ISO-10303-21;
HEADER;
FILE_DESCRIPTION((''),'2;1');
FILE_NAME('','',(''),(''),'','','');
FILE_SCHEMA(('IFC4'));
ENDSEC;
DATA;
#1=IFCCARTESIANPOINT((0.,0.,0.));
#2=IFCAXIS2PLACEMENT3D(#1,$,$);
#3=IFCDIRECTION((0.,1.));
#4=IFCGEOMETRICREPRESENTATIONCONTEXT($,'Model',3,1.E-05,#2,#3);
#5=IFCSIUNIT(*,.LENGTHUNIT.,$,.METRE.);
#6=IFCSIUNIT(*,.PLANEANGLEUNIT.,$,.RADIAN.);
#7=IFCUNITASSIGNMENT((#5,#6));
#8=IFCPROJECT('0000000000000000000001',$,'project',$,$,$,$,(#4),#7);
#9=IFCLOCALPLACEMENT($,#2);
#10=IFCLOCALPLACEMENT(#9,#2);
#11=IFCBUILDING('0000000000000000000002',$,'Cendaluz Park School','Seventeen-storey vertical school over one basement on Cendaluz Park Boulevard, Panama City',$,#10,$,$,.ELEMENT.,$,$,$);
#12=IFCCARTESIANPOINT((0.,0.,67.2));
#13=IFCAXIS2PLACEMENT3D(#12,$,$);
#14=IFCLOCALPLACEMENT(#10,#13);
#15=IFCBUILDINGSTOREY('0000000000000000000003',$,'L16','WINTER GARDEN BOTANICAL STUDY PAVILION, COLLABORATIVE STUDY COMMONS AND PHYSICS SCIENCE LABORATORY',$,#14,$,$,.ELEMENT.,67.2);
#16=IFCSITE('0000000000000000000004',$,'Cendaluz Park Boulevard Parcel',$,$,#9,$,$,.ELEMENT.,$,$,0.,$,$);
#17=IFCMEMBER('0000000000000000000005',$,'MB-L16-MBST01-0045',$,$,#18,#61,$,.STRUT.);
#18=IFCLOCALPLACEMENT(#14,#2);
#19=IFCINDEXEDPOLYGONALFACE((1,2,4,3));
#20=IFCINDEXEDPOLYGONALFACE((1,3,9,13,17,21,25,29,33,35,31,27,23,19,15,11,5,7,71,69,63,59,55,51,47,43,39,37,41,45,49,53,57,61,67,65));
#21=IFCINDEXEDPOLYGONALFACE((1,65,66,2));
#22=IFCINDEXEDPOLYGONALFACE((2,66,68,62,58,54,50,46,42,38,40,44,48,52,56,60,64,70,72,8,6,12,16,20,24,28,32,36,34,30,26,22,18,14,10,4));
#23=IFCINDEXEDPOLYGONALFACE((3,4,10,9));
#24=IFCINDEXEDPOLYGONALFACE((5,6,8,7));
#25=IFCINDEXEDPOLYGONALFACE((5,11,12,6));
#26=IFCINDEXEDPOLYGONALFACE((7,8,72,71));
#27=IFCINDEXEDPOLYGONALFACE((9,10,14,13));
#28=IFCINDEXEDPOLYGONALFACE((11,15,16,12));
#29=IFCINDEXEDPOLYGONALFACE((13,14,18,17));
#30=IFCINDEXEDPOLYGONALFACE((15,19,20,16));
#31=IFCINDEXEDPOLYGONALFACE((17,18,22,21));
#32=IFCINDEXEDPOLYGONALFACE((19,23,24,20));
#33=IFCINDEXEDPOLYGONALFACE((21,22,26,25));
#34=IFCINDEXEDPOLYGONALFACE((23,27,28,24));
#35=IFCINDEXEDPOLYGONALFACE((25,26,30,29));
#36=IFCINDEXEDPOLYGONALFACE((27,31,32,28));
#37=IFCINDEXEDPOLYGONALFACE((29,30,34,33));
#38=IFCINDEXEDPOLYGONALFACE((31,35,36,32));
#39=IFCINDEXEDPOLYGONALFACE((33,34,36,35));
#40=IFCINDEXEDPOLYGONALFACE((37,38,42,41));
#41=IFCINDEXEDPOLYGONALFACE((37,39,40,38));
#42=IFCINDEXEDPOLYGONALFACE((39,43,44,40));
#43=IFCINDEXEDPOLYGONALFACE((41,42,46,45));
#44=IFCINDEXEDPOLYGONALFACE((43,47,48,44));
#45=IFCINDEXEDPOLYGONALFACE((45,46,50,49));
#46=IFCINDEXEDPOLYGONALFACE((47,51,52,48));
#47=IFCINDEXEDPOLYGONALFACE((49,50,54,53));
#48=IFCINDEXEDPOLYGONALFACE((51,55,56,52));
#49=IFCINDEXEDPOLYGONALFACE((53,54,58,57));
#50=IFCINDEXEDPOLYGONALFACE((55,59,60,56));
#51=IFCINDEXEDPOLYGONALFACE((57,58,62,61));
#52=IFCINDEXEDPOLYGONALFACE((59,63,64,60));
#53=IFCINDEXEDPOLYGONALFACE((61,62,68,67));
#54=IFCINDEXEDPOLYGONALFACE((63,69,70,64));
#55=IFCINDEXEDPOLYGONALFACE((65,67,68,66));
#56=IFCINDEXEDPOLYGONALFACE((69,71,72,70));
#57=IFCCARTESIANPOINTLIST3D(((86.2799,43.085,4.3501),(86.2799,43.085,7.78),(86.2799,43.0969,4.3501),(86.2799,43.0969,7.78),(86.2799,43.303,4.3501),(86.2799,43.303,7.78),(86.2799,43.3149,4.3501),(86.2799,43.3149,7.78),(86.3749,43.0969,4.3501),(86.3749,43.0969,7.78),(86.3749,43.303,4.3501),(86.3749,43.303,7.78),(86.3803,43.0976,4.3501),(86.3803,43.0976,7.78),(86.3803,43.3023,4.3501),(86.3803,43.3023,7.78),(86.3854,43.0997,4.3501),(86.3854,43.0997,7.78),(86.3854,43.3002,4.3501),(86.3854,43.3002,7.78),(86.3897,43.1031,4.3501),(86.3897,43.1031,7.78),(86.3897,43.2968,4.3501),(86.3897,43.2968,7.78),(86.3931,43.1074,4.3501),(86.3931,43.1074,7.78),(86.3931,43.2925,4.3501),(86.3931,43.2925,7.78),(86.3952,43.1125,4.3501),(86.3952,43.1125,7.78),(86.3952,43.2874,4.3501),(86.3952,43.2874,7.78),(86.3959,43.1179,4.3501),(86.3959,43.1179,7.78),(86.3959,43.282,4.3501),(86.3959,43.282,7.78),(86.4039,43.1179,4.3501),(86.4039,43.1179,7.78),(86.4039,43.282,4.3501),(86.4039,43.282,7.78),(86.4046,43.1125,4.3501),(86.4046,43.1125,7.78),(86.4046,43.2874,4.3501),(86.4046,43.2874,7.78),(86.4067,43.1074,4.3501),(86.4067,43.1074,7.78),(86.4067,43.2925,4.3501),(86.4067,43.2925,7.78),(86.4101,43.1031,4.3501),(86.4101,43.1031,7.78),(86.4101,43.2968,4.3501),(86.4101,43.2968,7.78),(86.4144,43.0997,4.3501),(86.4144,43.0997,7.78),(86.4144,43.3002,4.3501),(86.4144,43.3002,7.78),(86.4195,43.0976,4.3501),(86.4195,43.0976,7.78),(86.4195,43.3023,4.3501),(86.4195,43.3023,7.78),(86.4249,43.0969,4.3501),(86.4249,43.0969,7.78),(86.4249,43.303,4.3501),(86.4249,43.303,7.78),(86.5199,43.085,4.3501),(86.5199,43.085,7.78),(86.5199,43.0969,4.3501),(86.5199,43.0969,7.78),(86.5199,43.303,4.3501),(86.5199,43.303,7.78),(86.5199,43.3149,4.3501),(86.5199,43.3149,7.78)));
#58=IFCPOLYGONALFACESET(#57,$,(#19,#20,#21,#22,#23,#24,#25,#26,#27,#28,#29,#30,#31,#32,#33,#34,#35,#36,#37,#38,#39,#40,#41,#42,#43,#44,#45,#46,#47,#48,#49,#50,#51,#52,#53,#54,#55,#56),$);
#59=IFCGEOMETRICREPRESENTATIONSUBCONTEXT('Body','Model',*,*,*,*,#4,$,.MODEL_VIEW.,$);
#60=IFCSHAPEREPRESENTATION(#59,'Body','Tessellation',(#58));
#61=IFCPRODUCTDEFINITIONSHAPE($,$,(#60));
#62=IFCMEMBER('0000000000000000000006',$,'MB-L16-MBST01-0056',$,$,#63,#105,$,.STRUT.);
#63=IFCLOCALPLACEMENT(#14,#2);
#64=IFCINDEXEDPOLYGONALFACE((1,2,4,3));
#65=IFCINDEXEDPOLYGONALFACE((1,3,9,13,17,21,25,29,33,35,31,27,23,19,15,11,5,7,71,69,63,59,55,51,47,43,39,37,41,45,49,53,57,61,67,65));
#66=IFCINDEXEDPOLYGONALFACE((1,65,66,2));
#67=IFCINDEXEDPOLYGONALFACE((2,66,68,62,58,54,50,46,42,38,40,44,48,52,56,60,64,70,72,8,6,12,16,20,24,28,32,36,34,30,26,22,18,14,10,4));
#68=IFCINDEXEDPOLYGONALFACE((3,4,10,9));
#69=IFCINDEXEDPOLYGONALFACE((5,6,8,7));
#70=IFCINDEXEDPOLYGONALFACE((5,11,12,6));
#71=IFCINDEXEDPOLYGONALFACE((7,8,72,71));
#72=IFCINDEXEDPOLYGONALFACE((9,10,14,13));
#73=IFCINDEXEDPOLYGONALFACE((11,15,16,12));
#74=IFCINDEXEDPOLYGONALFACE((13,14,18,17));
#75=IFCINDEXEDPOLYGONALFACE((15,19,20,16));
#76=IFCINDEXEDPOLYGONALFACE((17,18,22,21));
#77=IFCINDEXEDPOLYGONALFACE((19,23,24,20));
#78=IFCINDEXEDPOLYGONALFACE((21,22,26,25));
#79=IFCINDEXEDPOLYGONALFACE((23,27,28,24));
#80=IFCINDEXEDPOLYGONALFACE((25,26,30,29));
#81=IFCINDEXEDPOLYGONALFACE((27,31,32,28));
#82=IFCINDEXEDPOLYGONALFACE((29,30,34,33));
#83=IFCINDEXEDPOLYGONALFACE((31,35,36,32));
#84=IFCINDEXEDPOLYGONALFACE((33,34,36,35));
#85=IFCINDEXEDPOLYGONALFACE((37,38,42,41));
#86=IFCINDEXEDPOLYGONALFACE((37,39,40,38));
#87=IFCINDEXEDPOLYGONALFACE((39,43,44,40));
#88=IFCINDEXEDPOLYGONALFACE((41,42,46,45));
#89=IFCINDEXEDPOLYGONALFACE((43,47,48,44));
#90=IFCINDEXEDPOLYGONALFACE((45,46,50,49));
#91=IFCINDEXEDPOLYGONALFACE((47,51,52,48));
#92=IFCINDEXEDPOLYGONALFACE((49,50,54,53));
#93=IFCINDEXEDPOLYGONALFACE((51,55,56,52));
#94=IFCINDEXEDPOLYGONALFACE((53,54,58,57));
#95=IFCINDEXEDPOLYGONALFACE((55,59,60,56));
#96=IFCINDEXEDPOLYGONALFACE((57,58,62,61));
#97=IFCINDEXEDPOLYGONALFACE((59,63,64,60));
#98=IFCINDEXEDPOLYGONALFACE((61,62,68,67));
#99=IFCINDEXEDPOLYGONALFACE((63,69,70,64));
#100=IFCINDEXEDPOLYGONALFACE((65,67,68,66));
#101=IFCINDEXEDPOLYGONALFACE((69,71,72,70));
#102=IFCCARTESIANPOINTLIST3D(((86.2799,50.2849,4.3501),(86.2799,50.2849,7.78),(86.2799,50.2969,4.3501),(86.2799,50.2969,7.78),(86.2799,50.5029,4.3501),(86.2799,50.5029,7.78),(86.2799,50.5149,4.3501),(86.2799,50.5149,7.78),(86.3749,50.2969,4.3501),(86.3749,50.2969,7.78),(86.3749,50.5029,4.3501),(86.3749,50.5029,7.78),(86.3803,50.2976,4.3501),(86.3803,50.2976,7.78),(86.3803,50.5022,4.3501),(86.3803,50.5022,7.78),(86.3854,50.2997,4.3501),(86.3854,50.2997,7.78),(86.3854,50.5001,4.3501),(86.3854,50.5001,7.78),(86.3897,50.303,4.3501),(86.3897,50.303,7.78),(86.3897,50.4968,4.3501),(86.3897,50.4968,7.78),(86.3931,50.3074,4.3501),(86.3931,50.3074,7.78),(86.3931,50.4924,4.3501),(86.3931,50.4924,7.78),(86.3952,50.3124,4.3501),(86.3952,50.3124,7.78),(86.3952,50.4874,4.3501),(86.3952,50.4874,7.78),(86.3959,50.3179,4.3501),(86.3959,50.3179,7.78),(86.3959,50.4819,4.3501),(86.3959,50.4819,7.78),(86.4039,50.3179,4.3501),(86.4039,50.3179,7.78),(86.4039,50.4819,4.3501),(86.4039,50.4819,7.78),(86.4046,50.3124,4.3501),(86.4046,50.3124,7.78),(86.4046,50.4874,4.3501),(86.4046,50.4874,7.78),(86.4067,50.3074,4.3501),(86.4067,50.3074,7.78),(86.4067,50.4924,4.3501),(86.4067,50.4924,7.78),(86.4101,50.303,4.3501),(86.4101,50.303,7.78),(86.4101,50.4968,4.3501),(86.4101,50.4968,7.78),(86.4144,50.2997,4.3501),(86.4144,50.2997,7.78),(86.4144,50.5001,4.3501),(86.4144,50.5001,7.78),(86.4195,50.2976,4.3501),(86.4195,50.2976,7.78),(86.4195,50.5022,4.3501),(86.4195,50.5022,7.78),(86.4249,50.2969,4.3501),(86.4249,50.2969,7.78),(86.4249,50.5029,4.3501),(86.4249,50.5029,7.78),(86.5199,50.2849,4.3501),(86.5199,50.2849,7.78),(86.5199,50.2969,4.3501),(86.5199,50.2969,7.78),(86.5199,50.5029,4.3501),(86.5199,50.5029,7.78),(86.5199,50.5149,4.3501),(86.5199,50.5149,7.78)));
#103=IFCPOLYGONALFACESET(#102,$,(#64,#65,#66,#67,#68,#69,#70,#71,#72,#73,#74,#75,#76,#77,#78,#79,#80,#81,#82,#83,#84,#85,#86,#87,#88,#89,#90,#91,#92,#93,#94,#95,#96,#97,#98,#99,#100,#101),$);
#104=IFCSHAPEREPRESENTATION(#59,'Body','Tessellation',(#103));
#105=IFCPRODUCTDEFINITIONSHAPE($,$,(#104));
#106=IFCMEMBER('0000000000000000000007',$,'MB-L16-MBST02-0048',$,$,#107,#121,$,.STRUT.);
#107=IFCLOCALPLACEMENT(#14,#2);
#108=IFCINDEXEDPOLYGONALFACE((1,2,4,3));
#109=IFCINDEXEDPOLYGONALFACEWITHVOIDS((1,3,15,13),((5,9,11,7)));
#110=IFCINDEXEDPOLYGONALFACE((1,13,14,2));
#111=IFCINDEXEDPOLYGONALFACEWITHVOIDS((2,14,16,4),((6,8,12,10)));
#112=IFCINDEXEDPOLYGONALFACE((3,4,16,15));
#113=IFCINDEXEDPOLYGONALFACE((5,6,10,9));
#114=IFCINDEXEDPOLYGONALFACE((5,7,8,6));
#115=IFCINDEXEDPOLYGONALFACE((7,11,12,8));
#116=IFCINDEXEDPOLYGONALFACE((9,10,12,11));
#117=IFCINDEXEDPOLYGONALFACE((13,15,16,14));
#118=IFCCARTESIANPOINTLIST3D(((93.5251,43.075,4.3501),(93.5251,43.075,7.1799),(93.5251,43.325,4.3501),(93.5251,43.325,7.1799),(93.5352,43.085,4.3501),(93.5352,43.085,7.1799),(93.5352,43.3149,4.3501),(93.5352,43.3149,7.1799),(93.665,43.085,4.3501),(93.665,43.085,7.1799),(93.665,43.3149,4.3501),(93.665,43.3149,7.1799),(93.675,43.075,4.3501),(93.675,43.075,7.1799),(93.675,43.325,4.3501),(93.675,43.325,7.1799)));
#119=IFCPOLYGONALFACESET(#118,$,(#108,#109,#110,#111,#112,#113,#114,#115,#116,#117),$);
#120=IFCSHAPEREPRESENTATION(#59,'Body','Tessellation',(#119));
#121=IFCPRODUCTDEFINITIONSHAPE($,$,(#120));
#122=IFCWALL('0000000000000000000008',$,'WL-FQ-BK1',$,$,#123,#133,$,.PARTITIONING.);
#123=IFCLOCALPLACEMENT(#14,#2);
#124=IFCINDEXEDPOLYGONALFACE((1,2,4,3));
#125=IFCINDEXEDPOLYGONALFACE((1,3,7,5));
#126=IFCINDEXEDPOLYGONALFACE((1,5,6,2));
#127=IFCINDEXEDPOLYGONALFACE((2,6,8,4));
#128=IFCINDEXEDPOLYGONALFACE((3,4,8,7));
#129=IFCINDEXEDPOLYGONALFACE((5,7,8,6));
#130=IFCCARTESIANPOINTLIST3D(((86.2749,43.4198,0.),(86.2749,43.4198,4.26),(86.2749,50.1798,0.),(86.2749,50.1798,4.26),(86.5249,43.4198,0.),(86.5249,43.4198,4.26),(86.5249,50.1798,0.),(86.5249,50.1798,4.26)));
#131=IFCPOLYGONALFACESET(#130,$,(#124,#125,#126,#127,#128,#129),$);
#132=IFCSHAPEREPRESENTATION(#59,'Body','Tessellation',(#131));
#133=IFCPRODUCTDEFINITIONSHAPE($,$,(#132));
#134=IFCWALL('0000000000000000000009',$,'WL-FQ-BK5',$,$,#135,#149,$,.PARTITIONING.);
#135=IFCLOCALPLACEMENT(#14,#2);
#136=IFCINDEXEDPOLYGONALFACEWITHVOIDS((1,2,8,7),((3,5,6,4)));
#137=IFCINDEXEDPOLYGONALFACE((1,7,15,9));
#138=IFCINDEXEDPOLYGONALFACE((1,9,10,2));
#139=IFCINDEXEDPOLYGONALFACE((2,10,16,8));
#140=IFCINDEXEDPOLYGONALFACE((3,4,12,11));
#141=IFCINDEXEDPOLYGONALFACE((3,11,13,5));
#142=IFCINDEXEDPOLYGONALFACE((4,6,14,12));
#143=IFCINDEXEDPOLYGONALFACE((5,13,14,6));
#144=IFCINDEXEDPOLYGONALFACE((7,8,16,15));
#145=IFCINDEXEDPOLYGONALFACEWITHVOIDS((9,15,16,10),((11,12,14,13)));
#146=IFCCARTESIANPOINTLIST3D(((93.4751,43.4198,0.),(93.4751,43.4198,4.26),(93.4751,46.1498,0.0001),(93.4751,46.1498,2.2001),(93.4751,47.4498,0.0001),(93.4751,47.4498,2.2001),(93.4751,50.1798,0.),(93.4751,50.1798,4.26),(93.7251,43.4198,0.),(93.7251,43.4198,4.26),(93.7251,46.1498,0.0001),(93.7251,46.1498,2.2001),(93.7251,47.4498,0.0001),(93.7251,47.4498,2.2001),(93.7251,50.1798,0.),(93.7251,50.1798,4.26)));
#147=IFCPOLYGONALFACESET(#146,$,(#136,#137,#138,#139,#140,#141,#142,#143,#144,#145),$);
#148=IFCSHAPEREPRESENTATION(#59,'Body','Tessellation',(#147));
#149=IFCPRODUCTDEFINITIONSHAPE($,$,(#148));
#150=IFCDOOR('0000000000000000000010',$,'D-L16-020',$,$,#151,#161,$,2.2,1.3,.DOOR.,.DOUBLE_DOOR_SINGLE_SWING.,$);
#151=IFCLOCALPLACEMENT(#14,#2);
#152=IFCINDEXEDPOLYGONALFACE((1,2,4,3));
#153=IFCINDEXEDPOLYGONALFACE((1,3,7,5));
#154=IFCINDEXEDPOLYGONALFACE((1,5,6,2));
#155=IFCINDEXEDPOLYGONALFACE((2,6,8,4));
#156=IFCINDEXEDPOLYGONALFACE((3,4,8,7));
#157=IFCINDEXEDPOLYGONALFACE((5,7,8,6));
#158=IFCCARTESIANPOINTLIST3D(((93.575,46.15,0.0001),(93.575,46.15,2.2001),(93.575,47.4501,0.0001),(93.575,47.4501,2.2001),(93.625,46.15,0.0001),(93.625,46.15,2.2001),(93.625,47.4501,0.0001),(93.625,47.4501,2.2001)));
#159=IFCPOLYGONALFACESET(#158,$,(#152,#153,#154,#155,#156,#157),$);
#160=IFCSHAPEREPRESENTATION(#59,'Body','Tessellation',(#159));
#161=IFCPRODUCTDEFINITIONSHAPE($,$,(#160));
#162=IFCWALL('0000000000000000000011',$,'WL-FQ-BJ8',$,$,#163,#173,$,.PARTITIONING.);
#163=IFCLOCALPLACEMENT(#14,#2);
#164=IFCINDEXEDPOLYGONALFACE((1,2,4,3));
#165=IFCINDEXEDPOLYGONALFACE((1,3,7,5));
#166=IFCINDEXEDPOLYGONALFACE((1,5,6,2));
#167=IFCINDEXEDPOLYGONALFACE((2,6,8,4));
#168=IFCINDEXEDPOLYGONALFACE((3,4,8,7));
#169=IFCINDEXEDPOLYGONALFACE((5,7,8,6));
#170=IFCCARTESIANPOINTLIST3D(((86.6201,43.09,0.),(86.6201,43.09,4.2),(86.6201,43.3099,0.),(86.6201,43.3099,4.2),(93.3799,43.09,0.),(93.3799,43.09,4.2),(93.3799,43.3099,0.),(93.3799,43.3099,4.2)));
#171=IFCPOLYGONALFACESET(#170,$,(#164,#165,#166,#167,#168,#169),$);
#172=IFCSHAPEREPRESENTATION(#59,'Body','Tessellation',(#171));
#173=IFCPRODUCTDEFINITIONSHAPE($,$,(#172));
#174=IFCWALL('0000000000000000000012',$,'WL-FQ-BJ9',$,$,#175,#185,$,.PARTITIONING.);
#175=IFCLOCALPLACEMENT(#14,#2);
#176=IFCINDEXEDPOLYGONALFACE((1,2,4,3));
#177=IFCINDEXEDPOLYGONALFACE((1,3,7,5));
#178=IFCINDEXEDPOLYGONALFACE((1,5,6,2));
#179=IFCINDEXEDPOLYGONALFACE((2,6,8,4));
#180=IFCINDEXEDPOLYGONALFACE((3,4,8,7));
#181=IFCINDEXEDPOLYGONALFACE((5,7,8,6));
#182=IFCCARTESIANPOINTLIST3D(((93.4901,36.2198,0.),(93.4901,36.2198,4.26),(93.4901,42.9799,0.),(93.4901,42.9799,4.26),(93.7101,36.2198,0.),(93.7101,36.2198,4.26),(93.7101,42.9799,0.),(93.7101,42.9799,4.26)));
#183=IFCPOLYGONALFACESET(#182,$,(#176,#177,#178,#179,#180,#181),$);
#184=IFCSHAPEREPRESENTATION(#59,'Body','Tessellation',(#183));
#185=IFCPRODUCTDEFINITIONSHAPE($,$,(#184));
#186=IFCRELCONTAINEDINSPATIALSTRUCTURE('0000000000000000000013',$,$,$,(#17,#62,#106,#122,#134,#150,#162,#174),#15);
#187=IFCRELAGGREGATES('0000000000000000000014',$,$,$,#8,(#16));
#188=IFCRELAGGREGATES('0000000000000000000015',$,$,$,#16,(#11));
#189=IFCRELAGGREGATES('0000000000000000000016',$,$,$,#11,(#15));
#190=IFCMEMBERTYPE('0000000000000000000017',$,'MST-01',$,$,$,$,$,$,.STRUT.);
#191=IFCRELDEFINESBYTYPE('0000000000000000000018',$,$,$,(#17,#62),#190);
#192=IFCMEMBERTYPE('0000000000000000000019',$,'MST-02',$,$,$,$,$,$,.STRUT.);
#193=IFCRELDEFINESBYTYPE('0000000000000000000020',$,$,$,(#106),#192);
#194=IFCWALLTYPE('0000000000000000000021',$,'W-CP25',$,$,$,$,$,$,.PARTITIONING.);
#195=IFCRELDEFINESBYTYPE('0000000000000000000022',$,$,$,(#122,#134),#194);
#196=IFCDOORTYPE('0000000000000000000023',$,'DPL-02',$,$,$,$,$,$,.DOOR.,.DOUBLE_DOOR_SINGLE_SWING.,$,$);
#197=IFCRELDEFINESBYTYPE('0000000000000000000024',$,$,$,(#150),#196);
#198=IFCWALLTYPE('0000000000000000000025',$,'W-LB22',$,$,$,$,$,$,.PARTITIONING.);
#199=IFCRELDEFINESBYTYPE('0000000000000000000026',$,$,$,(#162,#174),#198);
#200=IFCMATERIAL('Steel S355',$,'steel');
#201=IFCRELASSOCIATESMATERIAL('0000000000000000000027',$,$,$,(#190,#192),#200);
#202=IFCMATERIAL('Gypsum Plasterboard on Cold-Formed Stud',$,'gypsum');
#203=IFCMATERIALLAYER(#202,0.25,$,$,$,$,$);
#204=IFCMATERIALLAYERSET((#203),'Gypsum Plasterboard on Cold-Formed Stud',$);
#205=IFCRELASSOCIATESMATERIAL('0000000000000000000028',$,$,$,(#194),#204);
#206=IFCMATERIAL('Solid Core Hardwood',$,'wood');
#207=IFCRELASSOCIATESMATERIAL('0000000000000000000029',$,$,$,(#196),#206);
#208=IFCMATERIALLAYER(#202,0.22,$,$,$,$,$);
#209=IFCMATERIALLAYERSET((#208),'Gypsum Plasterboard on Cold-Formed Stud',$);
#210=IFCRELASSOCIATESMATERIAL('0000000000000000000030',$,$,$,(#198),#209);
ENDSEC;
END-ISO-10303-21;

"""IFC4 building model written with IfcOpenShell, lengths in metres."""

from ifc_helpers import new_model, si_unit, direction, frame, frame_2d, origin, origin_2d, place, context, subcontext, project, spatial, rectangle, hollow_rectangle, i_section, extrude, material, layer, layer_set, material_profile, profile_set, type_object, element, fill, save


model = new_model("IFC4")

# Units and contexts
model_context = context("Model", 3, precision=1e-05, world=origin(), true_north=direction((0.0, 1.0)))
body_context = subcontext(model_context, "Body", "Model", "MODEL_VIEW")
ifc_project = project(units=[si_unit("LENGTHUNIT", "METRE"), si_unit("PLANEANGLEUNIT", "RADIAN")], contexts=[model_context])

# Site, building, storey
site_placement = place(None, origin())
site = spatial("IfcSite", under=ifc_project, at=site_placement, Name="Cendaluz Park Boulevard Parcel", CompositionType="ELEMENT", RefElevation=0.0)
building_placement = place(site_placement, origin())
building = spatial("IfcBuilding", under=site, at=building_placement, Name="Cendaluz Park School", Description="Seventeen-storey vertical school over one basement on Cendaluz Park Boulevard, Panama City", CompositionType="ELEMENT")
storey_placement = place(building_placement, frame((0.0, 0.0, 67.2)))
storey = spatial("IfcBuildingStorey", under=building, at=storey_placement, Name="L16", Description="WINTER GARDEN BOTANICAL STUDY PAVILION, COLLABORATIVE STUDY COMMONS AND PHYSICS SCIENCE LABORATORY", CompositionType="ELEMENT", Elevation=67.2)

# Shared definitions
ifc_material_1 = material(Name="Steel S355", Category="steel")

# Members
ifc_material_profile_1 = material_profile(ifc_material_1, i_section(OverallWidth=0.24, OverallDepth=0.23, WebThickness=0.0081, FlangeThickness=0.012, FilletRadius=0.021, at=origin_2d()), Name="HEA 240", Category="steel")
ifc_profile_set_1 = profile_set([ifc_material_profile_1], Name="Steel S355")
member_type_1 = type_object("IfcMemberType", Name="MST-01", PredefinedType="STRUT", material=ifc_profile_set_1)
for number, where, z_axis, x_axis, name in (
    (1, (86.3999, 43.2, 4.3501), (0.0, 0.0, 1.0), (1.0, 0.0, 0.0), "MB-L16-MBST01-0045"),
    (2, (86.3999, 50.3999, 4.3501), (0.0, 0.0, 1.0), (1.0, 0.0, 0.0), "MB-L16-MBST01-0056"),
):
    element("IfcMember", number, at=place(storey_placement, frame(where, z_axis=z_axis, x_axis=x_axis)), inside=storey, type_object=member_type_1, Name=name, PredefinedType="STRUT", context=body_context, shape_type="SweptSolid", body=[
        extrude(i_section(OverallWidth=0.24, OverallDepth=0.23, WebThickness=0.0081, FlangeThickness=0.012, FilletRadius=0.021, at=origin_2d()), origin(), (0.0, 0.0, 1.0), 3.4299),
    ])
ifc_material_profile_2 = material_profile(ifc_material_1, hollow_rectangle(XDim=0.1499, YDim=0.25, WallThickness=0.01, at=origin_2d()), Name="RHS 250x150x10", Category="steel")
ifc_profile_set_2 = profile_set([ifc_material_profile_2], Name="Steel S355")
member_type_2 = type_object("IfcMemberType", Name="MST-02", PredefinedType="STRUT", material=ifc_profile_set_2)
member_1_placement = place(storey_placement, frame((93.6001, 43.2, 4.3501), z_axis=(0.0, 0.0, 1.0), x_axis=(1.0, 0.0, 0.0)))
element("IfcMember", 3, at=member_1_placement, inside=storey, type_object=member_type_2, Name="MB-L16-MBST02-0048", PredefinedType="STRUT", context=body_context, shape_type="SweptSolid", body=[
    extrude(hollow_rectangle(XDim=0.1499, YDim=0.25, WallThickness=0.01, at=origin_2d()), origin(), (0.0, 0.0, 1.0), 2.8298),
])

# Wall
ifc_material_2 = material(Name="Gypsum Plasterboard on Cold-Formed Stud", Category="gypsum")
ifc_layer_1 = layer(ifc_material_2, 0.25)
ifc_layer_set_1 = layer_set([ifc_layer_1], Name="Gypsum Plasterboard on Cold-Formed Stud")
wall_type_1 = type_object("IfcWallType", Name="W-CP25", PredefinedType="PARTITIONING", material=ifc_layer_set_1)
wall_1_placement = place(storey_placement, frame((86.3999, 43.4199, 0.0), z_axis=(0.0, 0.0, 1.0), x_axis=(0.0, 1.0, 0.0)))
element("IfcWall", 4, at=wall_1_placement, inside=storey, type_object=wall_type_1, Name="WL-FQ-BK1", PredefinedType="PARTITIONING", context=body_context, shape_type="SweptSolid", body=[
    extrude(rectangle(XDim=6.76, YDim=0.25, at=frame_2d((3.3799, 0.0))), origin(), (0.0, 0.0, 1.0), 4.26),
])

# Wall, opening, door
wall_2_placement = place(storey_placement, frame((93.6001, 43.4199, 0.0), z_axis=(0.0, 0.0, 1.0), x_axis=(0.0, 1.0, 0.0)))
wall_2 = element("IfcWall", 5, at=wall_2_placement, inside=storey, type_object=wall_type_1, Name="WL-FQ-BK5", PredefinedType="PARTITIONING", context=body_context, shape_type="SweptSolid", body=[
    extrude(rectangle(XDim=6.76, YDim=0.25, at=frame_2d((3.3799, 0.0))), origin(), (0.0, 0.0, 1.0), 4.26),
])
opening_placement = place(wall_2_placement, frame((2.73, 0.0, 0.0)))
opening = element("IfcOpeningElement", 6, at=opening_placement, cuts=wall_2, PredefinedType="OPENING", context=body_context, shape_type="SweptSolid", body=[
    extrude(rectangle(XDim=1.3, YDim=2.2, at=frame_2d((0.6499, 1.1001))), frame((0.0, 0.137, 0.0), z_axis=(0.0, -1.0, 0.0), x_axis=(1.0, 0.0, 0.0)), (0.0, 0.0, 1.0), 0.2739),
])
ifc_material_3 = material(Name="Solid Core Hardwood", Category="wood")
door_type = type_object("IfcDoorType", Name="DPL-02", OperationType="DOUBLE_DOOR_SINGLE_SWING", PredefinedType="DOOR", material=ifc_material_3)
door_placement = place(opening_placement, frame((1.3, 0.0, 0.0), z_axis=(0.0, 0.0, 1.0), x_axis=(-1.0, 0.0, 0.0)))
door = element("IfcDoor", 7, at=door_placement, inside=storey, type_object=door_type, Name="D-L16-020", OperationType="DOUBLE_DOOR_SINGLE_SWING", OverallHeight=2.2, OverallWidth=1.3, PredefinedType="DOOR", context=body_context, shape_type="SweptSolid", body=[
    extrude(rectangle(XDim=1.3, YDim=2.2, at=frame_2d((0.6499, 1.1001))), frame((0.0, 0.0249, 0.0), z_axis=(0.0, -1.0, 0.0), x_axis=(1.0, 0.0, 0.0)), (0.0, 0.0, 1.0), 0.05),
])
fill(opening, door)

# Walls
ifc_layer_2 = layer(ifc_material_2, 0.22)
ifc_layer_set_2 = layer_set([ifc_layer_2], Name="Gypsum Plasterboard on Cold-Formed Stud")
wall_type_2 = type_object("IfcWallType", Name="W-LB22", PredefinedType="PARTITIONING", material=ifc_layer_set_2)
wall_3_placement = place(storey_placement, frame((86.6201, 43.2, 0.0), z_axis=(0.0, 0.0, 1.0), x_axis=(1.0, 0.0, 0.0)))
element("IfcWall", 8, at=wall_3_placement, inside=storey, type_object=wall_type_2, Name="WL-FQ-BJ8", PredefinedType="PARTITIONING", context=body_context, shape_type="SweptSolid", body=[
    extrude(rectangle(XDim=6.7598, YDim=0.22, at=frame_2d((3.3799, 0.0))), origin(), (0.0, 0.0, 1.0), 4.2),
])
wall_4_placement = place(storey_placement, frame((93.6001, 36.22, 0.0), z_axis=(0.0, 0.0, 1.0), x_axis=(0.0, 1.0, 0.0)))
element("IfcWall", 9, at=wall_4_placement, inside=storey, type_object=wall_type_2, Name="WL-FQ-BJ9", PredefinedType="PARTITIONING", context=body_context, shape_type="SweptSolid", body=[
    extrude(rectangle(XDim=6.76, YDim=0.22, at=frame_2d((3.3799, 0.0))), origin(), (0.0, 0.0, 1.0), 4.26),
])

save(model, "model.ifc")
